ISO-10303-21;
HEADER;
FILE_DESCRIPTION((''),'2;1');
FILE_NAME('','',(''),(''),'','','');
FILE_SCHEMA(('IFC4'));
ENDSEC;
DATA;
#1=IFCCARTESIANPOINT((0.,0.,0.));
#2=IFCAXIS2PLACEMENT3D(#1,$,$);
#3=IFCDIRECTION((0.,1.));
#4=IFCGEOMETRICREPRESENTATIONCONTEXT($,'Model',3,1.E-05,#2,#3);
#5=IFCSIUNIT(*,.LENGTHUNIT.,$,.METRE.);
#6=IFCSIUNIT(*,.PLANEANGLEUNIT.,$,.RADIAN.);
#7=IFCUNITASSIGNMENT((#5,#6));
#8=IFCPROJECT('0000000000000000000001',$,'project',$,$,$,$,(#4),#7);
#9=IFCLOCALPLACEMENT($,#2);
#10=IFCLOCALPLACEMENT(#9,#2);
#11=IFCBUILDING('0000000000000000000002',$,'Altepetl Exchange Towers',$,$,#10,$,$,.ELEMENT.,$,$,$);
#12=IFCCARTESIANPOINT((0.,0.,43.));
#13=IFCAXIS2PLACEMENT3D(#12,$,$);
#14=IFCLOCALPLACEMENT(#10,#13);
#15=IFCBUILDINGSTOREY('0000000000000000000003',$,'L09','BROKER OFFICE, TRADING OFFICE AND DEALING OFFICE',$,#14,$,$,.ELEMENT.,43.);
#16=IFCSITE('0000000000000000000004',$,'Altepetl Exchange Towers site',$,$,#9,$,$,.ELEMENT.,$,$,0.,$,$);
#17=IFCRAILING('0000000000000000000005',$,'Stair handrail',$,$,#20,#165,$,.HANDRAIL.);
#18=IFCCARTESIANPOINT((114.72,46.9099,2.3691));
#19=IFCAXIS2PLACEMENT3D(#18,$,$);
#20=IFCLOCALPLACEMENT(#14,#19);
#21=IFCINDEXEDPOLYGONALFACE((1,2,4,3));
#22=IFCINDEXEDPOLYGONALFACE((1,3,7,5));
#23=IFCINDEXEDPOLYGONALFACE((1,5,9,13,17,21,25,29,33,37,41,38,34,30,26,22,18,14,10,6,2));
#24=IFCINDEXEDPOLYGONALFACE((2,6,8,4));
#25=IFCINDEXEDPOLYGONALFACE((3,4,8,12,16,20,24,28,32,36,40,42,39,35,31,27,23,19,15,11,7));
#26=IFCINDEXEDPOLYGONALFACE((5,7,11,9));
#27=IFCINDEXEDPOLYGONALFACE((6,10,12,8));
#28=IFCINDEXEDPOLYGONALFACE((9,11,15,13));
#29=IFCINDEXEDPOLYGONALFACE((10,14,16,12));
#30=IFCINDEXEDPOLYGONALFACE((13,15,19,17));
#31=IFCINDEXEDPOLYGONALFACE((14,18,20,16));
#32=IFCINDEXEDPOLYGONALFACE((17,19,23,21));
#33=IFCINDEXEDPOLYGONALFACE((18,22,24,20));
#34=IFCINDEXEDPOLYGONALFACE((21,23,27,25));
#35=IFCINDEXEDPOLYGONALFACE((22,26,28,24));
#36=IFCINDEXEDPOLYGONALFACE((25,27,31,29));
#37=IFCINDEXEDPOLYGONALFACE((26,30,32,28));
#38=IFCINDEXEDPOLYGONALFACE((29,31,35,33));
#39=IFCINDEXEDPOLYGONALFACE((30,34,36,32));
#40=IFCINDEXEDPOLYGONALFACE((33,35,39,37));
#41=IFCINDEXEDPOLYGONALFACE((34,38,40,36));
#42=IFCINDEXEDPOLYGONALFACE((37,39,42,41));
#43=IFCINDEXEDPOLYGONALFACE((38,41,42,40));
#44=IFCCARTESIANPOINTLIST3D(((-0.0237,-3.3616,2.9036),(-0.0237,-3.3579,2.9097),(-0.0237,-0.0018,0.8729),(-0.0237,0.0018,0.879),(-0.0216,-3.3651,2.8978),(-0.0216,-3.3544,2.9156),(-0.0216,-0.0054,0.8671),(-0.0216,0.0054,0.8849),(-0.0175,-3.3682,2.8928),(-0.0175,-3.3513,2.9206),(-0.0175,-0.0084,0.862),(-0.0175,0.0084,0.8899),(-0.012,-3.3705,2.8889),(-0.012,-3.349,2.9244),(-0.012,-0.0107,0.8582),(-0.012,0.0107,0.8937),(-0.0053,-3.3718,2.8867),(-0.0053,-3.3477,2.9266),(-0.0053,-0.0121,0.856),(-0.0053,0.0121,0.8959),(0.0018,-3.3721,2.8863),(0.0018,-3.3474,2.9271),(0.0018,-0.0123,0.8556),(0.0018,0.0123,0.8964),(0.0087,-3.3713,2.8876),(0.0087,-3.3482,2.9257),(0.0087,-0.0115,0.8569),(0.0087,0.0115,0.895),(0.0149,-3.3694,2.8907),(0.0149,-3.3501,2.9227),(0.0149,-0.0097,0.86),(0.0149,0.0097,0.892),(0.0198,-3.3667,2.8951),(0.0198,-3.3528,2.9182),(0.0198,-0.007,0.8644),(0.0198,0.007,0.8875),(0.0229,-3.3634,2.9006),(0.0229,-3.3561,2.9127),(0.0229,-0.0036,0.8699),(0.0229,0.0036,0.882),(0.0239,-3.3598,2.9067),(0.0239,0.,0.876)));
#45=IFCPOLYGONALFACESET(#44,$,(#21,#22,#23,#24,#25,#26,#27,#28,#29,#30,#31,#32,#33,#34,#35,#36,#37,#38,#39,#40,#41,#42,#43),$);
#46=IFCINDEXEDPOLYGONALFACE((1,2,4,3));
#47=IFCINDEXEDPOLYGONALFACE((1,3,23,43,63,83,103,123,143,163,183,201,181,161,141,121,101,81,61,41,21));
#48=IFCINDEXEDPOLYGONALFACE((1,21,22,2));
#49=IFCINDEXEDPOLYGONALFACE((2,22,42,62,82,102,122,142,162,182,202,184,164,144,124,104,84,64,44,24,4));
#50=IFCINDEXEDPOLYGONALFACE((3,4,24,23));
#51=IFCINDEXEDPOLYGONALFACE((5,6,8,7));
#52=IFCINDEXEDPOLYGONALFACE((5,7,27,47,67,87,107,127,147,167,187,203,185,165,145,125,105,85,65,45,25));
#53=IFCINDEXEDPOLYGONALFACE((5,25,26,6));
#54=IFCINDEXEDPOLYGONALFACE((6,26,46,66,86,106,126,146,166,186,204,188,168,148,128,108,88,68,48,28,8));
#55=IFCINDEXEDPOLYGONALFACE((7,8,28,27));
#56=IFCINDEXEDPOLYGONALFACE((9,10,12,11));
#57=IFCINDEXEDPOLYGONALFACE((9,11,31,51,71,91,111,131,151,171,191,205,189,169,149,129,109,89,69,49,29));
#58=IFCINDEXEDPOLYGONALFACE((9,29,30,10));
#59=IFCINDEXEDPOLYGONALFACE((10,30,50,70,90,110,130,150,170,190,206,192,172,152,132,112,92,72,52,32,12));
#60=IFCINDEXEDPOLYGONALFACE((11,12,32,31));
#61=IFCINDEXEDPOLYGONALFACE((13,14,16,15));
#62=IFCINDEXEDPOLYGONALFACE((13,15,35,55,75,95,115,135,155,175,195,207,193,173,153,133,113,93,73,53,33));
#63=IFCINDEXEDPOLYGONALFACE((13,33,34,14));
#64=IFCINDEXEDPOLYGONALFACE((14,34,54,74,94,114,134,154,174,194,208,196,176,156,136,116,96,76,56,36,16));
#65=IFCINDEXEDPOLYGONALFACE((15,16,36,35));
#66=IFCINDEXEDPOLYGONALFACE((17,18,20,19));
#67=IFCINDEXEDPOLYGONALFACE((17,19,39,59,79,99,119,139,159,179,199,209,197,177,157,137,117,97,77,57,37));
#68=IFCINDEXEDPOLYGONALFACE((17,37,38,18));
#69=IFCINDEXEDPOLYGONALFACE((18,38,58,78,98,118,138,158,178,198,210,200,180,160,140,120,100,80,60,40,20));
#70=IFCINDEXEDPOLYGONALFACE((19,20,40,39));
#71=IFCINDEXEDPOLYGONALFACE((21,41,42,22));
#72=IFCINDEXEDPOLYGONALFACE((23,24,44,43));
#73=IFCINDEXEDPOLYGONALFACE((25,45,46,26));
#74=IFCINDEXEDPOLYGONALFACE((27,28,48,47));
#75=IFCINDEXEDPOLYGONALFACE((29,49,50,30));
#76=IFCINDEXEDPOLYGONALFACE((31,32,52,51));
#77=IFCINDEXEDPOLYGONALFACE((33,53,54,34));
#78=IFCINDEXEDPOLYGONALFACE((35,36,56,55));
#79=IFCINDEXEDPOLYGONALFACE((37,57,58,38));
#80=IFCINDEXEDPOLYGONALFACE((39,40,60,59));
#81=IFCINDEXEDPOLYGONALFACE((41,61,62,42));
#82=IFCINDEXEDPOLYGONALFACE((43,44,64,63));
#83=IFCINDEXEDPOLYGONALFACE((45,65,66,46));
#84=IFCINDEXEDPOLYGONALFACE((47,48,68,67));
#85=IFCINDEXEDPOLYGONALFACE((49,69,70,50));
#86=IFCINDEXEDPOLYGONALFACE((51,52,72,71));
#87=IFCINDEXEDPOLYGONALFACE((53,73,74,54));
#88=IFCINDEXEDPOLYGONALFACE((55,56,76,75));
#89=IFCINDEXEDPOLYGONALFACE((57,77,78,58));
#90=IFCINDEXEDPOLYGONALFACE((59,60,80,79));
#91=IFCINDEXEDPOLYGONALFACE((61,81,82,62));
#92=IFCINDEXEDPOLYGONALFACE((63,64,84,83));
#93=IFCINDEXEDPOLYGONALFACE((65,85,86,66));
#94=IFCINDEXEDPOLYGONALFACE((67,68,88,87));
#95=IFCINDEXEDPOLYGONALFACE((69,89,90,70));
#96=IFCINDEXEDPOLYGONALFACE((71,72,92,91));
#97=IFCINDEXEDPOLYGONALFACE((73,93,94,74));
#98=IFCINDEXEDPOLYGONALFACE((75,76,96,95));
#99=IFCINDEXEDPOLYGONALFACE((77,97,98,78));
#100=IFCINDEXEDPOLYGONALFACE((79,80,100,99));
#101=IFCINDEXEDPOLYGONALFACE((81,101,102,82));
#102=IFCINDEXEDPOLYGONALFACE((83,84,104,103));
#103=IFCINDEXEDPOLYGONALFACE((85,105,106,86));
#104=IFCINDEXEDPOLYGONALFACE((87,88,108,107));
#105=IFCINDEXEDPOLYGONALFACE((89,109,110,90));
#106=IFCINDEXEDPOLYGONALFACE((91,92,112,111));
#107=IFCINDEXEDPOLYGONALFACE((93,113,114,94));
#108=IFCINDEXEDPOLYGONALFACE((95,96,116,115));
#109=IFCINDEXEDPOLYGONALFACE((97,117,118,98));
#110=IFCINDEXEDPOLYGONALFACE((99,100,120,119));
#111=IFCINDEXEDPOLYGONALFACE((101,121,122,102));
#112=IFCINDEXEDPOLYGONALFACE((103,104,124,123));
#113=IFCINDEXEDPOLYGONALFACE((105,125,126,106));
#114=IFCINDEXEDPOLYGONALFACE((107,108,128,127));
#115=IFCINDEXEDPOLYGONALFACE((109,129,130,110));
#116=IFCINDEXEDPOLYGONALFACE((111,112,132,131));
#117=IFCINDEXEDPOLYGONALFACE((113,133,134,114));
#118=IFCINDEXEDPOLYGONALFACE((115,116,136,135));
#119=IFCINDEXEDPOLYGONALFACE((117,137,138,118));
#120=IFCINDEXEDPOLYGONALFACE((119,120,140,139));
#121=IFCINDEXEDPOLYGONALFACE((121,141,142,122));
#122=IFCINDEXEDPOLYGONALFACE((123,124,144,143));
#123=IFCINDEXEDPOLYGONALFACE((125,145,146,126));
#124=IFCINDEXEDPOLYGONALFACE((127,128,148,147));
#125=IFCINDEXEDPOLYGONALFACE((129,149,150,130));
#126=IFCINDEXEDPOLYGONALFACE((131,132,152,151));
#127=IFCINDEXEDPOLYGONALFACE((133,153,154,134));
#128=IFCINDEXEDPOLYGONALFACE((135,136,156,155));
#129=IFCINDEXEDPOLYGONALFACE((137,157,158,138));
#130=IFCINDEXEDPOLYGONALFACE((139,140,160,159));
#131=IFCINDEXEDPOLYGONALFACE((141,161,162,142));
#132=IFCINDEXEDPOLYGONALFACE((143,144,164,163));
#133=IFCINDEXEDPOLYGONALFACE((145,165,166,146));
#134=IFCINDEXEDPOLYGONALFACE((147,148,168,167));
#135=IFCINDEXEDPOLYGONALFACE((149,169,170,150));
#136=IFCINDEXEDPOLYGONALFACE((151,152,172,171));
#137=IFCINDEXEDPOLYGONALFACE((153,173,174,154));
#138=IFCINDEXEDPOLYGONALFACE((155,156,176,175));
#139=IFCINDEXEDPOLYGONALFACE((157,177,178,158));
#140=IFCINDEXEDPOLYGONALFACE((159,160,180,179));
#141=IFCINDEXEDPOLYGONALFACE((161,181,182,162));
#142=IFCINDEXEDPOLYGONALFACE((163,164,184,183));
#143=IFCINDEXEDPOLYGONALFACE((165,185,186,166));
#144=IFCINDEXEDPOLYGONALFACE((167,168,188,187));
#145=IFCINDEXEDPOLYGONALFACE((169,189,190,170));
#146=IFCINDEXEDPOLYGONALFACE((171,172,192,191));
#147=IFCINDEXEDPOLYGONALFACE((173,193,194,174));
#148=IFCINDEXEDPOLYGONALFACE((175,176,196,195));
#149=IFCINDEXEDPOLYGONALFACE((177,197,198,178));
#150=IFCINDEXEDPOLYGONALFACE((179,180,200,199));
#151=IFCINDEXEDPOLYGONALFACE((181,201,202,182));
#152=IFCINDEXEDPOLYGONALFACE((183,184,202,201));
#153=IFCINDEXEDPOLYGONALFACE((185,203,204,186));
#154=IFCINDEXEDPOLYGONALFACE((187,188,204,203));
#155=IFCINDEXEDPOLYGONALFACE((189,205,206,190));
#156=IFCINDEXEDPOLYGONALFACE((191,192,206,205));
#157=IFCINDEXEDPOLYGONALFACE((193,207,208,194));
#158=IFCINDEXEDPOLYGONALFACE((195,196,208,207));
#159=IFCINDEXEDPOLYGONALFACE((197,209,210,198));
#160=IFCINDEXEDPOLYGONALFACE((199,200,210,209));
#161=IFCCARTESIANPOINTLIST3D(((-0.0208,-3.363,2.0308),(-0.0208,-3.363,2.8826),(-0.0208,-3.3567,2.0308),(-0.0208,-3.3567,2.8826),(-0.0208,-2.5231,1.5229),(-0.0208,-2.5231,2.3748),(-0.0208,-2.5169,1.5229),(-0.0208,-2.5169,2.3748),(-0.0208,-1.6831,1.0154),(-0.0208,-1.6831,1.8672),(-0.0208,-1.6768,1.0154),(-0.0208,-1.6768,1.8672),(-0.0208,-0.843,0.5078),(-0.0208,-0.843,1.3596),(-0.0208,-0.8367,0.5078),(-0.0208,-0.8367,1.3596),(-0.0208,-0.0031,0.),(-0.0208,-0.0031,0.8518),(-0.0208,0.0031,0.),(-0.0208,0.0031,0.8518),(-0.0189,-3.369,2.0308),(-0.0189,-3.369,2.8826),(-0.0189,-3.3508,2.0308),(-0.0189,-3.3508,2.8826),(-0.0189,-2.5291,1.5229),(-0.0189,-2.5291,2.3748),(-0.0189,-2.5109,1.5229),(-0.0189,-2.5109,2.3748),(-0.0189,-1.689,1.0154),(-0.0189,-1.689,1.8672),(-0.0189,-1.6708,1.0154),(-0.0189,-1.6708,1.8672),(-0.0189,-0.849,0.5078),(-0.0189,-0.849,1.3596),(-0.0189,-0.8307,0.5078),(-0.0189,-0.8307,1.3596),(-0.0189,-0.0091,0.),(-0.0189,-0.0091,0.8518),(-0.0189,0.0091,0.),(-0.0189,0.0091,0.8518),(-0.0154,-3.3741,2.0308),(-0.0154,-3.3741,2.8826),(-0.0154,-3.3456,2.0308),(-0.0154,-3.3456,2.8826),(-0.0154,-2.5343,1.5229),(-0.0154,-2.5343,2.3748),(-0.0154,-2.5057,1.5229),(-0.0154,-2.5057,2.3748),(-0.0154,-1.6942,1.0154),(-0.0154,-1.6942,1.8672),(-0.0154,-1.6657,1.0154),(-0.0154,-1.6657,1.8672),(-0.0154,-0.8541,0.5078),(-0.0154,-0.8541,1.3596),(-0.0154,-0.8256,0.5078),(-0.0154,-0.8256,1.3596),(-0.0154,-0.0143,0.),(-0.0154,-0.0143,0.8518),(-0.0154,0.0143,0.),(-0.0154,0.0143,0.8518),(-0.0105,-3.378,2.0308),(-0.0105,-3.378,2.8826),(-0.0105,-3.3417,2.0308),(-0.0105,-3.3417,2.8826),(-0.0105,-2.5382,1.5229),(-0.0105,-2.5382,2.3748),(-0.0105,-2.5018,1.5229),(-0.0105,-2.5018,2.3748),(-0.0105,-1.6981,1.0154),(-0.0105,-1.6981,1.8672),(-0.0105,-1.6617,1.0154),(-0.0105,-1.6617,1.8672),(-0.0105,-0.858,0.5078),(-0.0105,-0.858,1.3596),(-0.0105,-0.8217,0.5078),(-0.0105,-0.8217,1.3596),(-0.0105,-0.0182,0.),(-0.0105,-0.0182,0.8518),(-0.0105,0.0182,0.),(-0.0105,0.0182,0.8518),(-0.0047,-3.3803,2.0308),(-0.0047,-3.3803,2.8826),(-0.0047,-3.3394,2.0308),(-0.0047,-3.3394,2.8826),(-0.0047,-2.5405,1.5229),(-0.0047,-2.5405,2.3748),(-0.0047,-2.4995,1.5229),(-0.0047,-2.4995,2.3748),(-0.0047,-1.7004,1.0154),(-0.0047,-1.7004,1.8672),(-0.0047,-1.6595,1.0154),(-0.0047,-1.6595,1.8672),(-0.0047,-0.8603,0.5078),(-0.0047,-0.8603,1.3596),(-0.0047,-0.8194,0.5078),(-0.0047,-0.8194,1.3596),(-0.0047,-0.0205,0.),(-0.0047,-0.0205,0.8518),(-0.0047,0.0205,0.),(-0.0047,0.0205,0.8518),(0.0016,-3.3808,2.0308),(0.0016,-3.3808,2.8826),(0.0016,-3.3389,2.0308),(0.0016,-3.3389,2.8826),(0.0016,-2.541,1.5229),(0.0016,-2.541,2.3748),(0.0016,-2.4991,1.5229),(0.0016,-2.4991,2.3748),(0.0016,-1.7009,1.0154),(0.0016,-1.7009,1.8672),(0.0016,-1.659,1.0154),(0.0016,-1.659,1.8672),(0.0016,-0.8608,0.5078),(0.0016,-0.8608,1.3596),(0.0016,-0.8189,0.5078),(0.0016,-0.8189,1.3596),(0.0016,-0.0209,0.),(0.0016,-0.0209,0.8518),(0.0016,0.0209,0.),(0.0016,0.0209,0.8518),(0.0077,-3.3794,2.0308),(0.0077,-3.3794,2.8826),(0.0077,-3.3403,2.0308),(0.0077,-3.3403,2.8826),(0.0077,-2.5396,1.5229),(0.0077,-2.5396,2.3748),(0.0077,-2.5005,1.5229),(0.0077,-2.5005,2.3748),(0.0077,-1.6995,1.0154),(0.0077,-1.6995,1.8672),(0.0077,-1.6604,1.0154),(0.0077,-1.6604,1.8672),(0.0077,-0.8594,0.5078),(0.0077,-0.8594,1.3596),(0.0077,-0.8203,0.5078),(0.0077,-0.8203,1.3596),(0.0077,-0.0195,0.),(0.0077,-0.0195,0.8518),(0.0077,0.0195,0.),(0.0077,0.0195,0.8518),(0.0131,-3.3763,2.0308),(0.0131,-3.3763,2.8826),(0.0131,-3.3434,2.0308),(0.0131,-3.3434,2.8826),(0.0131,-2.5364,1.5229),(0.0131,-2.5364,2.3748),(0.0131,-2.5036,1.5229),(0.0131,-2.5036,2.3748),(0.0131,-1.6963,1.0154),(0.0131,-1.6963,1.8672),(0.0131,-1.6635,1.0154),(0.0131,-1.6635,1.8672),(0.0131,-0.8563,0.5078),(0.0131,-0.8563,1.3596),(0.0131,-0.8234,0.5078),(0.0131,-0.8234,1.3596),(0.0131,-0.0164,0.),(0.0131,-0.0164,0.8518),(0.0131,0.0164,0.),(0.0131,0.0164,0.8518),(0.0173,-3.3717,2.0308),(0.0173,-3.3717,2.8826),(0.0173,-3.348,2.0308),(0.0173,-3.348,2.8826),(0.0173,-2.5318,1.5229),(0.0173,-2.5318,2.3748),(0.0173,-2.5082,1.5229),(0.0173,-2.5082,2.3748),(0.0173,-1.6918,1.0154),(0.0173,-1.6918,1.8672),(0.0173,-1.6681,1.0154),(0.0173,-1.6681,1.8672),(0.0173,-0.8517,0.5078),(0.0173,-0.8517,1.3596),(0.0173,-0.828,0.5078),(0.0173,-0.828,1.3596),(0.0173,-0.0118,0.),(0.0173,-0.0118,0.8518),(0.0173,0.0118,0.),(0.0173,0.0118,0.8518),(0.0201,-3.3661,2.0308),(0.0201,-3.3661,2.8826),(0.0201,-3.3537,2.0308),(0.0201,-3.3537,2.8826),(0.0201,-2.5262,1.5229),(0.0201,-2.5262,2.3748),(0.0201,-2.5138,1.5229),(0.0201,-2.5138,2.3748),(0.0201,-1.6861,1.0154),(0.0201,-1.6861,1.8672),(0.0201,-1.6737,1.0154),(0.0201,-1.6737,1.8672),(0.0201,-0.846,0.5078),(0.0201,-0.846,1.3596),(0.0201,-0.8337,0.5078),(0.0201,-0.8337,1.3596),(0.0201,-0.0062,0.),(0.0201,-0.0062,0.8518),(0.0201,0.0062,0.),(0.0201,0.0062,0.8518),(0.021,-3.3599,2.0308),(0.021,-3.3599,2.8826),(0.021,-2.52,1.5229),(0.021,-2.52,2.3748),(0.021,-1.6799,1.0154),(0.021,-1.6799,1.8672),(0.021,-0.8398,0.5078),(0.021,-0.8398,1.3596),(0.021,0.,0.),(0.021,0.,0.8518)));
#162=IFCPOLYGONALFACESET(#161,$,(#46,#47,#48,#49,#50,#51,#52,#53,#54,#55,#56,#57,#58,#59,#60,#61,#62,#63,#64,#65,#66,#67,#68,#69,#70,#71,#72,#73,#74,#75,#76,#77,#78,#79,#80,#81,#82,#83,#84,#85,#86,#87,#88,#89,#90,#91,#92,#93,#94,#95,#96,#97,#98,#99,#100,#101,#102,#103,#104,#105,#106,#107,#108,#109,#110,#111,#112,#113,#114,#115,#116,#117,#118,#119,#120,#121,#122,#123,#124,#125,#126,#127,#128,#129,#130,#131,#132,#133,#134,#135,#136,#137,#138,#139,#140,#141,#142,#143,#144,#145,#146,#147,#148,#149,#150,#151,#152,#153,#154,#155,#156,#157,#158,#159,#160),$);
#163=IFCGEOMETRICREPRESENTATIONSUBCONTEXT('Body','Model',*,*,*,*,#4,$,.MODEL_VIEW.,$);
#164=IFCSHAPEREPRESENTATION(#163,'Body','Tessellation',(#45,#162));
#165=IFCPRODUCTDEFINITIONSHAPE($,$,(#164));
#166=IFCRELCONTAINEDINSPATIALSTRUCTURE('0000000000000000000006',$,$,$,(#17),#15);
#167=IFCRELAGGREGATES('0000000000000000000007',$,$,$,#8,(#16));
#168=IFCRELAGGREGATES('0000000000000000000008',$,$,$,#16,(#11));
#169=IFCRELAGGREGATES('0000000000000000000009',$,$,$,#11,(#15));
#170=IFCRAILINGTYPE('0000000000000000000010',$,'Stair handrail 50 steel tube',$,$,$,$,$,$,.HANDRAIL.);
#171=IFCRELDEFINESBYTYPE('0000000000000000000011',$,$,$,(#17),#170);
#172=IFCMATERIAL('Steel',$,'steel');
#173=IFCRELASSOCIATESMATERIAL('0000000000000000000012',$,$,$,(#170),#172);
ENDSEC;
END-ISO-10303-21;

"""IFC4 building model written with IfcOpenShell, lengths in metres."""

from ifc_helpers import new_model, si_unit, direction, frame, origin, origin_2d, place, context, subcontext, project, spatial, circle, extrude, source, transform, mapped, material, type_object, element, save


model = new_model("IFC4")

# Units and contexts
model_context = context("Model", 3, precision=1e-05, world=origin(), true_north=direction((0.0, 1.0)))
body_context = subcontext(model_context, "Body", "Model", "MODEL_VIEW")
ifc_project = project(units=[si_unit("LENGTHUNIT", "METRE"), si_unit("PLANEANGLEUNIT", "RADIAN")], contexts=[model_context])

# Site, building, storey
site_placement = place(None, origin())
site = spatial("IfcSite", under=ifc_project, at=site_placement, Name="Altepetl Exchange Towers site", CompositionType="ELEMENT", RefElevation=0.0)
building_placement = place(site_placement, origin())
building = spatial("IfcBuilding", under=site, at=building_placement, Name="Altepetl Exchange Towers", CompositionType="ELEMENT")
storey_placement = place(building_placement, frame((0.0, 0.0, 43.0)))
storey = spatial("IfcBuildingStorey", under=building, at=storey_placement, Name="L09", Description="BROKER OFFICE, TRADING OFFICE AND DEALING OFFICE", CompositionType="ELEMENT", Elevation=43.0)

# Railing
ifc_material_1 = material(Name="Steel", Category="steel")
railing_type = type_object("IfcRailingType", Name="Stair handrail 50 steel tube", PredefinedType="HANDRAIL", material=ifc_material_1)
shared_shape = source(origin(), body_context, "Body", "SweptSolid", [
    extrude(circle(Radius=0.021, at=origin_2d()), origin(), (0.0, 0.0, 1.0), 0.8518),
])
railing_1_placement = place(storey_placement, frame((114.72, 46.9099, 2.3691)))
element("IfcRailing", 1, at=railing_1_placement, inside=storey, type_object=railing_type, Name="Stair handrail", PredefinedType="HANDRAIL", context=body_context, shape_type="SweptSolid", body=[
    extrude(circle(Radius=0.0239, at=origin_2d()), frame((0.0, 0.0, 0.876), z_axis=(0.0, -0.85582, 0.517273), x_axis=(1.0, 0.0, 0.0)), (0.0, 0.0, 1.0), 3.9258),
    mapped(shared_shape, transform((0.0, 0.0, 0.0))),
    mapped(shared_shape, transform((0.0, -0.8398, 0.5078))),
    mapped(shared_shape, transform((0.0, -1.6799, 1.0154))),
    mapped(shared_shape, transform((0.0, -2.52, 1.5229))),
    mapped(shared_shape, transform((0.0, -3.3599, 2.0308))),
])

save(model, "model.ifc")
